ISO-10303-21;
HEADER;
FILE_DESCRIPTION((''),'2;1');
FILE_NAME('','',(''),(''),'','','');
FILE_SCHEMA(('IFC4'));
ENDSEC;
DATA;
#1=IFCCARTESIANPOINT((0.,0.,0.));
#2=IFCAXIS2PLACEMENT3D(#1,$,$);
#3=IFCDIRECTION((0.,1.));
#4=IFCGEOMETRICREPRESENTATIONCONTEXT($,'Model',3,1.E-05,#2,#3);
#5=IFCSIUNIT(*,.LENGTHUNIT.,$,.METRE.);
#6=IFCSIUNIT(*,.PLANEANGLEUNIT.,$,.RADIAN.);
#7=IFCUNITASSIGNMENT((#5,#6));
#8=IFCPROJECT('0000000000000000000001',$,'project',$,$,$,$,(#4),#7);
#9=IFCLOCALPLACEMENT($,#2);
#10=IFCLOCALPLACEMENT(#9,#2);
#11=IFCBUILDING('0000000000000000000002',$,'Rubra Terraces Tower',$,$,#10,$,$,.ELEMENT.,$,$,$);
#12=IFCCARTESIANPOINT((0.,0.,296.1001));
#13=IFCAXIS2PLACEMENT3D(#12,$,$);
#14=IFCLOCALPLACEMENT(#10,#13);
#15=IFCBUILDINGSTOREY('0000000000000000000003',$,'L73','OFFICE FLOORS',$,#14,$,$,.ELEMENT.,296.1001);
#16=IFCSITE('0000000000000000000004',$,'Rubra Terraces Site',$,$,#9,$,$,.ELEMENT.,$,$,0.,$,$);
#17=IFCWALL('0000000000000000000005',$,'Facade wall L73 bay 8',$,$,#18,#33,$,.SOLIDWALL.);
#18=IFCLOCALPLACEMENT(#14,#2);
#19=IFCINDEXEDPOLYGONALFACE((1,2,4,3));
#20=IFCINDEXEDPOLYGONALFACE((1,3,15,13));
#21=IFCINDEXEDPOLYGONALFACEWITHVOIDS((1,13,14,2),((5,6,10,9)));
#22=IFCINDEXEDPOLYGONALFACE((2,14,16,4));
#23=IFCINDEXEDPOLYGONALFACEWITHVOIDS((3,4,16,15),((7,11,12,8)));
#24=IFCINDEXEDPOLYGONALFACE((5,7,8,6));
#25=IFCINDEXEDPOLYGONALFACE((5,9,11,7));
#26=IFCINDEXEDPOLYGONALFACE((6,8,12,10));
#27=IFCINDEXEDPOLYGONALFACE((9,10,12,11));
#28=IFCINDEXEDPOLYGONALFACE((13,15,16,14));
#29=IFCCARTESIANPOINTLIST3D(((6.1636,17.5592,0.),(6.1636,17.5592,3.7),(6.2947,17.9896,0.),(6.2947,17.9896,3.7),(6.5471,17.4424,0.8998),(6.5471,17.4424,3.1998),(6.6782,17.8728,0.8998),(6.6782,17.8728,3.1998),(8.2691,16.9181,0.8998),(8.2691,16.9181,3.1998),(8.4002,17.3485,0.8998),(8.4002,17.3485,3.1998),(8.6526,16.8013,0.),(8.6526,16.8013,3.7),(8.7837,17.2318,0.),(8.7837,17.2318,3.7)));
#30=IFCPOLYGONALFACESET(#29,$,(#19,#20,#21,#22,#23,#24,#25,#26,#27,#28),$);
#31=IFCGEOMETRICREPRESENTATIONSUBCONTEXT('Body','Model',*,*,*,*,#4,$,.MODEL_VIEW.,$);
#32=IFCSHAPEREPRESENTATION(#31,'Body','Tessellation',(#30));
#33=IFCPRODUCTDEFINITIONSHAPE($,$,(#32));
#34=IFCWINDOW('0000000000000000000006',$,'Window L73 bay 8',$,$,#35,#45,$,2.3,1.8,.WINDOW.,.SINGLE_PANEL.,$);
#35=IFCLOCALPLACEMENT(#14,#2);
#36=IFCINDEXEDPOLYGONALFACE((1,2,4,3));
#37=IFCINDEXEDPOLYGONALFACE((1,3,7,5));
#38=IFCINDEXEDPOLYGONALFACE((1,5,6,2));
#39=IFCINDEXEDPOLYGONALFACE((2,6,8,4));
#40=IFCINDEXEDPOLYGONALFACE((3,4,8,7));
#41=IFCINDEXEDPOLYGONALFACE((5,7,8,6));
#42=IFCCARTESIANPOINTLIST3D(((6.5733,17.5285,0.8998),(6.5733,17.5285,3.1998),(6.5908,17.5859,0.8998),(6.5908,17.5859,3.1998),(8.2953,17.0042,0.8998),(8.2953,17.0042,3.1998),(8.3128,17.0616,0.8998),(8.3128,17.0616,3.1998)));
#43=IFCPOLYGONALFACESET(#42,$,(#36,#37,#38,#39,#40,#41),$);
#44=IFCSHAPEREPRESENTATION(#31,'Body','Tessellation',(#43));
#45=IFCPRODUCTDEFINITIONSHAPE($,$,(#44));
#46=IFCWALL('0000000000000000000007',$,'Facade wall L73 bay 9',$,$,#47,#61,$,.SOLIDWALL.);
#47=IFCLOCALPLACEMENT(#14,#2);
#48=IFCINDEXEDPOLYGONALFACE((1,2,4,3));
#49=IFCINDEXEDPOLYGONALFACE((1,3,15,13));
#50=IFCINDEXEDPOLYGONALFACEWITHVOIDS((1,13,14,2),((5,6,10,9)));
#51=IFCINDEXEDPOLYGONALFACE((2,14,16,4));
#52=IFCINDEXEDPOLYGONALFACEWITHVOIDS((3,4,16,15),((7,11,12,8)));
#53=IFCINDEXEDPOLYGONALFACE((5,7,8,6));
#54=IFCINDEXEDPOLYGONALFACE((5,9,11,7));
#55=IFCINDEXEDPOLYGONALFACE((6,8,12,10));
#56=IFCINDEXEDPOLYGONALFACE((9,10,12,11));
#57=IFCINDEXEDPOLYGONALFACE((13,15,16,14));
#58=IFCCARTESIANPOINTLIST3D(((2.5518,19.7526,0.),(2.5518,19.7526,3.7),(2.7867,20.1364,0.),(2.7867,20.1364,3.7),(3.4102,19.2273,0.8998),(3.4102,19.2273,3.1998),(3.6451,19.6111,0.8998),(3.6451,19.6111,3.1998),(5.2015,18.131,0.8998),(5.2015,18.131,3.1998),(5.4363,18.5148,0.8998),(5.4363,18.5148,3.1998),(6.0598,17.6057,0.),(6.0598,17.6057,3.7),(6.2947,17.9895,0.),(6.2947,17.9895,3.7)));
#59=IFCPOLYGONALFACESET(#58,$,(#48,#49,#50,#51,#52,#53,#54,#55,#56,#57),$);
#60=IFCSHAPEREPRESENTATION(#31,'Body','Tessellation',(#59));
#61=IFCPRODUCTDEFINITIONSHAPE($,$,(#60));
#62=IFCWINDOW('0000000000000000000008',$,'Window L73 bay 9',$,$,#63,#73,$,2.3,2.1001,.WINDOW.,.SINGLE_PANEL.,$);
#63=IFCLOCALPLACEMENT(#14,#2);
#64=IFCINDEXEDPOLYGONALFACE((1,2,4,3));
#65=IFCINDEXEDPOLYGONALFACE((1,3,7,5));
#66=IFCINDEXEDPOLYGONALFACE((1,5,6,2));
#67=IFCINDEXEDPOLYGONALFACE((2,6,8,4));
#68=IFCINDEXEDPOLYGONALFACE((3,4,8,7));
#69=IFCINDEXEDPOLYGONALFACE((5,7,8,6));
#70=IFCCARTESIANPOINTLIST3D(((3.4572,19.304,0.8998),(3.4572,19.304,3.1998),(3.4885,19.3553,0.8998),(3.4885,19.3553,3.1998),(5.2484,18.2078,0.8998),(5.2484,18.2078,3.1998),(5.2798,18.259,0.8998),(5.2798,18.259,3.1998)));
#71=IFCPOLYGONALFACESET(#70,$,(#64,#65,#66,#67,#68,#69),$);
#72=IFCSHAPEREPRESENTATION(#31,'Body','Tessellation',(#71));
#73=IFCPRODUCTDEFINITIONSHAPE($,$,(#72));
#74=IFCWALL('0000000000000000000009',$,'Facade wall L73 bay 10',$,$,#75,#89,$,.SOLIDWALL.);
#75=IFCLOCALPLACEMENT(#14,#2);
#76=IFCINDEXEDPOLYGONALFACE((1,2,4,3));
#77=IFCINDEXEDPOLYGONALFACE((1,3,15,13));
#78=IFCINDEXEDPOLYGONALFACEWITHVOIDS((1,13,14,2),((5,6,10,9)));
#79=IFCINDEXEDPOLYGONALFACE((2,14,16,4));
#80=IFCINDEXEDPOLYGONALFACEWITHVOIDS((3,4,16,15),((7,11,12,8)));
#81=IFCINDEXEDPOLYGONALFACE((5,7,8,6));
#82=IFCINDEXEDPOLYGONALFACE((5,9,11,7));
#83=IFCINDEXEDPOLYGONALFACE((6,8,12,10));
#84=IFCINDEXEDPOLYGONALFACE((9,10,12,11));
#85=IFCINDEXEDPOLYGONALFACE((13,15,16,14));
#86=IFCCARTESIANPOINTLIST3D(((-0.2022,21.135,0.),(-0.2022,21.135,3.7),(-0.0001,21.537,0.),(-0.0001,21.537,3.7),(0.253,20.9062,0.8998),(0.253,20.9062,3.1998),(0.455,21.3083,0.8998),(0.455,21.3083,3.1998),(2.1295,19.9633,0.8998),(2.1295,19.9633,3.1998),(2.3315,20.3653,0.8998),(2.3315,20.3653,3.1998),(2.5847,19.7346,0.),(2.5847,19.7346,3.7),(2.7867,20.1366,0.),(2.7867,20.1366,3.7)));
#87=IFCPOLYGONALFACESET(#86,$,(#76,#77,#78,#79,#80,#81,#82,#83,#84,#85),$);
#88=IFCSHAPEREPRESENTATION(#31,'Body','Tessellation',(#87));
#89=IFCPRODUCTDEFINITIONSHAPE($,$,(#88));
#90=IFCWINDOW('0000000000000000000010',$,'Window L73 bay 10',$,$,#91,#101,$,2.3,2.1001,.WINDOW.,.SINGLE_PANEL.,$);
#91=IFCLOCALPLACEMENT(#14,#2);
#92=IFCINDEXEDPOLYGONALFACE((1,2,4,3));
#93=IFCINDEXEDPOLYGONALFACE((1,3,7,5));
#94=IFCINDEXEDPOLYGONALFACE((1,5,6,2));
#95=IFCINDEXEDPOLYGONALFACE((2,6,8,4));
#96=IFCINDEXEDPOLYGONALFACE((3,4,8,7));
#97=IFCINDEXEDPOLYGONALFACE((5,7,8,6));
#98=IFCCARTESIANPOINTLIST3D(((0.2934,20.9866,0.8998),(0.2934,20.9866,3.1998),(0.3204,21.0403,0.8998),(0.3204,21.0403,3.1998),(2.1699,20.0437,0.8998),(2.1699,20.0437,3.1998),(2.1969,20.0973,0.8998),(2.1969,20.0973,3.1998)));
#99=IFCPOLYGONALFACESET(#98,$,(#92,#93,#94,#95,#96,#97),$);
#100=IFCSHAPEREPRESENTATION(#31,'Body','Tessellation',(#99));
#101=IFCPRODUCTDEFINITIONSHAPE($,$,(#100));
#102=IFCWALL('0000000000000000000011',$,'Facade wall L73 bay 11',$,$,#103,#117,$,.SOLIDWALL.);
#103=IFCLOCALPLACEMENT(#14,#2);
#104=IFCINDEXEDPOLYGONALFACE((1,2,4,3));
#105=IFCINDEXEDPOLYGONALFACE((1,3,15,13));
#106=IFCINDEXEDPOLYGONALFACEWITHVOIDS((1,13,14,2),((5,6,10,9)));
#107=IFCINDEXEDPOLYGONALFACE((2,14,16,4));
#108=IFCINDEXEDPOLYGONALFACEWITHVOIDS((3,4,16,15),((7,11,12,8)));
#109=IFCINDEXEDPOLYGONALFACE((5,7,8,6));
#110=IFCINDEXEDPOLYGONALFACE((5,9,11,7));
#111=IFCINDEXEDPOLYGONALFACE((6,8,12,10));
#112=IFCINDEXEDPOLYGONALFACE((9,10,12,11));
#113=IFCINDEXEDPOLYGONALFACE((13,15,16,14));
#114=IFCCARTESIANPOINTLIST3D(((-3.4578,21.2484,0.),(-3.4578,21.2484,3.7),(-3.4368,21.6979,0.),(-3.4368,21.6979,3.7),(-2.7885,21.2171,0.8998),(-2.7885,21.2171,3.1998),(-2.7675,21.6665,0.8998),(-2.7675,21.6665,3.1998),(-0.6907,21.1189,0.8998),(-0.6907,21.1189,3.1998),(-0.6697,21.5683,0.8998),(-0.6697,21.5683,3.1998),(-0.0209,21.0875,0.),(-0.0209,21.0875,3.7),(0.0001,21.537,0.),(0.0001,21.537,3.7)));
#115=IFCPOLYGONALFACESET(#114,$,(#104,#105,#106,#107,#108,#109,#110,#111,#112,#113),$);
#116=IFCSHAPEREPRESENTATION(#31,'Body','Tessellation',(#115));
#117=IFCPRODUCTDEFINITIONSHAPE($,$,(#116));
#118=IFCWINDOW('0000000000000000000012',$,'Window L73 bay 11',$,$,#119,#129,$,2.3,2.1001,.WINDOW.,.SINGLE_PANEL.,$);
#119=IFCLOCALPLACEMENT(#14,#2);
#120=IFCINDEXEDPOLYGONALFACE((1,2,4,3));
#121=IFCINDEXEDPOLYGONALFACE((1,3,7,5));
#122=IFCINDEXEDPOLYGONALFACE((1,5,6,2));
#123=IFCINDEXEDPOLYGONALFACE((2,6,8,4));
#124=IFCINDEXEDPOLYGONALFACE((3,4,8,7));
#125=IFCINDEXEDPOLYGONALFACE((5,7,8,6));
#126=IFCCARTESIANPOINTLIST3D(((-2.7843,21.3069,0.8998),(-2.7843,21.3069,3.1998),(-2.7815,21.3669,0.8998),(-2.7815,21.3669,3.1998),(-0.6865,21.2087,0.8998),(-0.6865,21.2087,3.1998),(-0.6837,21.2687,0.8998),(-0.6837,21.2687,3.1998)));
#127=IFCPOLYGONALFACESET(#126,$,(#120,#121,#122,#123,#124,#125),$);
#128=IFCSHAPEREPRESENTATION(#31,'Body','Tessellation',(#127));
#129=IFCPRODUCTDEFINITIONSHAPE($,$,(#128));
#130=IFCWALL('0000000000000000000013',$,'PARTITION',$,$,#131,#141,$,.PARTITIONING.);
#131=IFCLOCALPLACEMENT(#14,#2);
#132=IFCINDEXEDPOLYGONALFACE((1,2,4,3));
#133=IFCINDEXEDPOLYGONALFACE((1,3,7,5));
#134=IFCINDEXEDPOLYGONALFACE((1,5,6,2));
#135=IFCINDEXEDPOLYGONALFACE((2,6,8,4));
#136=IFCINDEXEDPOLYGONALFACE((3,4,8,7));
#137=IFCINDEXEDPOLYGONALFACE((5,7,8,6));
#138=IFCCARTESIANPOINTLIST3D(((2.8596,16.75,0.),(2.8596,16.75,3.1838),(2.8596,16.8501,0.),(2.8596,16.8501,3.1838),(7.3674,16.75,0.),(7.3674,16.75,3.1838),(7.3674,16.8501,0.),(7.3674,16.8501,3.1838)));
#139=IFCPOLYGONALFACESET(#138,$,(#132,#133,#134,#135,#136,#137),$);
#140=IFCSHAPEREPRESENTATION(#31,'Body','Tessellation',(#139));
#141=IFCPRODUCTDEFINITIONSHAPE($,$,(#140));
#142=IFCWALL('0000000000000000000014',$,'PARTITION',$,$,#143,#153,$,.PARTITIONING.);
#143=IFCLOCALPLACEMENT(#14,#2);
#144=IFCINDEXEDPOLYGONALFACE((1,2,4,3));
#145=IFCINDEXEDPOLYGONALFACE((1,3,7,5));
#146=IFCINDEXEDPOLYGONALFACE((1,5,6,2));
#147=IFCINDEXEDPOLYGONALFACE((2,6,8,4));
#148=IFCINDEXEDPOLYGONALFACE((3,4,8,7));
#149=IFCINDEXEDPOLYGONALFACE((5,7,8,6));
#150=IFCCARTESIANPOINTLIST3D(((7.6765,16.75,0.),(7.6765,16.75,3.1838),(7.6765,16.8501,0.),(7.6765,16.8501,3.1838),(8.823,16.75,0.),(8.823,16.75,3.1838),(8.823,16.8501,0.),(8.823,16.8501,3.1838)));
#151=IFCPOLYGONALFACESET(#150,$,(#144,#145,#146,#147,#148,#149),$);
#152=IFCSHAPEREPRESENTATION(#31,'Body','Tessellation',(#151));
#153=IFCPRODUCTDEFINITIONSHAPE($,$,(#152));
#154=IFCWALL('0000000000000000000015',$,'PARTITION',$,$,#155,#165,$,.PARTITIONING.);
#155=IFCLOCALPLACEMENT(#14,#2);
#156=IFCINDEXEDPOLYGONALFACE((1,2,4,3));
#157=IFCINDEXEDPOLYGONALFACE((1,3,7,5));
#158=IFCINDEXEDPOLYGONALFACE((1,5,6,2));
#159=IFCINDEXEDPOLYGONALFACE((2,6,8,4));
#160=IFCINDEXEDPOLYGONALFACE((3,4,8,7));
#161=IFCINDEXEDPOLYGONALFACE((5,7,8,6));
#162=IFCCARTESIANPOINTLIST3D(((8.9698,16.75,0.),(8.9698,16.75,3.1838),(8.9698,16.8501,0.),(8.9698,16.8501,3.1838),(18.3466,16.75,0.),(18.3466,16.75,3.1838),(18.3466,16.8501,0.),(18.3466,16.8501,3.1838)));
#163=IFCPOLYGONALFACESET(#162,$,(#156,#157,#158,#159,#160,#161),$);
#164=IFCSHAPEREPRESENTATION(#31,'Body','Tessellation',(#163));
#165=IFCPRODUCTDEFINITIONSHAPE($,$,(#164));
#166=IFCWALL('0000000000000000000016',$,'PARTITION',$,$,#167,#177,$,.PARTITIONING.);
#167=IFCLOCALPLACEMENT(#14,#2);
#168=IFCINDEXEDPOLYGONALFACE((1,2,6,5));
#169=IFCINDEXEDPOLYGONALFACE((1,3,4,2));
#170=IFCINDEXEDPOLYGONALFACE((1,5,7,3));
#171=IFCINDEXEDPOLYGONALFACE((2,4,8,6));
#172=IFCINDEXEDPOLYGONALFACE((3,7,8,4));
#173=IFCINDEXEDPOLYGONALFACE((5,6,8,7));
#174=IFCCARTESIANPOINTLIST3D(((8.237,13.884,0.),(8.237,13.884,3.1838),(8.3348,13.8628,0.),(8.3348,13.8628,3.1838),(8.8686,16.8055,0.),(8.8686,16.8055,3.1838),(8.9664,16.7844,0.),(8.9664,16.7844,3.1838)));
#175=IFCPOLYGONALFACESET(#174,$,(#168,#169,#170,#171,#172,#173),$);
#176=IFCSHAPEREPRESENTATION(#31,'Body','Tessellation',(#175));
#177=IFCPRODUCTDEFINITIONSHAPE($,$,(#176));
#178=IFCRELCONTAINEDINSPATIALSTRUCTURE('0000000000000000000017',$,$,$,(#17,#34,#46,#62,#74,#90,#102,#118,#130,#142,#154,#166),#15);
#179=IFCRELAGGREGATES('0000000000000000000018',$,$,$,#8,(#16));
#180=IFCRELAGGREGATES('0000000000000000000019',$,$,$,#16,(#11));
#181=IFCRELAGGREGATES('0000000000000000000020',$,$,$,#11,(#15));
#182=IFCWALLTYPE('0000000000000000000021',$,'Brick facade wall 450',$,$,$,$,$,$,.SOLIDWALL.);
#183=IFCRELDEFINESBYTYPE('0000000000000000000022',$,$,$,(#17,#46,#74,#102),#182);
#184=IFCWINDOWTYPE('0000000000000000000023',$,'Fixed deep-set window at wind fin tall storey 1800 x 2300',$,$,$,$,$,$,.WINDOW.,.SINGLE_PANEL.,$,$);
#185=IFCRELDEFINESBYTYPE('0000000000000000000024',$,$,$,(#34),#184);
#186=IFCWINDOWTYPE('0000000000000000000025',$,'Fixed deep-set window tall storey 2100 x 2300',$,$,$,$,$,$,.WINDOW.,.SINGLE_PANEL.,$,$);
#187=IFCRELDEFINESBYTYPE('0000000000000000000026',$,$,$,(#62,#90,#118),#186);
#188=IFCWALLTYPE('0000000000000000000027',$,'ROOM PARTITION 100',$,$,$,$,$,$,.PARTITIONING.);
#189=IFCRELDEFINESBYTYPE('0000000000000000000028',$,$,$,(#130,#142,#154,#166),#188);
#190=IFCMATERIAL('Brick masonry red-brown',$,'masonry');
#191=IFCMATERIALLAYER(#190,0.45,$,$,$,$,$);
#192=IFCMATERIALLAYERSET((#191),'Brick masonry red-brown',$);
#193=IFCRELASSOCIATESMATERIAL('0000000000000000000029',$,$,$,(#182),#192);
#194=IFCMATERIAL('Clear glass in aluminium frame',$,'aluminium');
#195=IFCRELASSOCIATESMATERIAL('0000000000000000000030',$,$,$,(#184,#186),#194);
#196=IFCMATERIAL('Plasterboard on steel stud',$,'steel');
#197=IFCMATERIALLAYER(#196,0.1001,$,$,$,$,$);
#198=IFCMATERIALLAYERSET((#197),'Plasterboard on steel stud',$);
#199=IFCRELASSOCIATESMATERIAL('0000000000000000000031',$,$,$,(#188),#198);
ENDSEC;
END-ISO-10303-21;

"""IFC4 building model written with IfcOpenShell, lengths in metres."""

from ifc_helpers import new_model, si_unit, direction, frame, frame_2d, origin, place, context, subcontext, project, spatial, rectangle, extrude, material, layer, layer_set, type_object, element, fill, save


model = new_model("IFC4")

# Units and contexts
model_context = context("Model", 3, precision=1e-05, world=origin(), true_north=direction((0.0, 1.0)))
body_context = subcontext(model_context, "Body", "Model", "MODEL_VIEW")
ifc_project = project(units=[si_unit("LENGTHUNIT", "METRE"), si_unit("PLANEANGLEUNIT", "RADIAN")], contexts=[model_context])

# Site, building, storey
site_placement = place(None, origin())
site = spatial("IfcSite", under=ifc_project, at=site_placement, Name="Rubra Terraces Site", CompositionType="ELEMENT", RefElevation=0.0)
building_placement = place(site_placement, origin())
building = spatial("IfcBuilding", under=site, at=building_placement, Name="Rubra Terraces Tower", CompositionType="ELEMENT")
storey_placement = place(building_placement, frame((0.0, 0.0, 296.1001)))
storey = spatial("IfcBuildingStorey", under=building, at=storey_placement, Name="L73", Description="OFFICE FLOORS", CompositionType="ELEMENT", Elevation=296.1001)

# Walls, openings, windows
ifc_material_1 = material(Name="Brick masonry red-brown", Category="masonry")
ifc_layer_1 = layer(ifc_material_1, 0.45)
ifc_layer_set_1 = layer_set([ifc_layer_1], Name="Brick masonry red-brown")
wall_type_1 = type_object("IfcWallType", Name="Brick facade wall 450", PredefinedType="SOLIDWALL", material=ifc_layer_set_1)
wall_1_placement = place(storey_placement, frame((8.718, 17.0166, 0.0), z_axis=(0.0, 0.0, 1.0), x_axis=(-0.956643, 0.291262, 0.0)))
wall_1 = element("IfcWall", 1, at=wall_1_placement, inside=storey, type_object=wall_type_1, Name="Facade wall L73 bay 8", PredefinedType="SOLIDWALL", context=body_context, shape_type="SweptSolid", body=[
    extrude(rectangle(XDim=2.6018, YDim=0.45, at=frame_2d((1.3008, 0.0))), origin(), (0.0, 0.0, 1.0), 3.7),
])
opening_1_placement = place(wall_1_placement, frame((0.4009, 0.0, 0.8999)))
opening_1 = element("IfcOpeningElement", 2, at=opening_1_placement, cuts=wall_1, PredefinedType="OPENING", context=body_context, shape_type="SweptSolid", body=[
    extrude(rectangle(XDim=1.8, YDim=2.3, at=frame_2d((0.8999, 1.1499))), frame((0.0, 0.2349, 0.0), z_axis=(0.0, -1.0, 0.0), x_axis=(1.0, 0.0, 0.0)), (0.0, 0.0, 1.0), 0.47),
])
ifc_material_2 = material(Name="Clear glass in aluminium frame", Category="aluminium")
window_type_1 = type_object("IfcWindowType", Name="Fixed deep-set window at wind fin tall storey 1800 x 2300", PartitioningType="SINGLE_PANEL", PredefinedType="WINDOW", material=ifc_material_2)
window_1_placement = place(opening_1_placement, origin())
window_1 = element("IfcWindow", 3, at=window_1_placement, inside=storey, type_object=window_type_1, Name="Window L73 bay 8", OverallHeight=2.3, OverallWidth=1.8, PartitioningType="SINGLE_PANEL", PredefinedType="WINDOW", context=body_context, shape_type="SweptSolid", body=[
    extrude(rectangle(XDim=1.8, YDim=2.3, at=frame_2d((0.8999, 1.1499))), frame((0.0, 0.135, 0.0), z_axis=(0.0, -1.0, 0.0), x_axis=(1.0, 0.0, 0.0)), (0.0, 0.0, 1.0), 0.0601),
])
fill(opening_1, window_1)
wall_2_placement = place(storey_placement, frame((6.1772, 17.7976, 0.0), z_axis=(0.0, 0.0, 1.0), x_axis=(-0.85294, 0.522009, 0.0)))
wall_2 = element("IfcWall", 4, at=wall_2_placement, inside=storey, type_object=wall_type_1, Name="Facade wall L73 bay 9", PredefinedType="SOLIDWALL", context=body_context, shape_type="SweptSolid", body=[
    extrude(rectangle(XDim=4.1128, YDim=0.45, at=frame_2d((2.0564, 0.0))), origin(), (0.0, 0.0, 1.0), 3.7),
])
opening_2_placement = place(wall_2_placement, frame((1.0063, 0.0, 0.8999)))
opening_2 = element("IfcOpeningElement", 5, at=opening_2_placement, cuts=wall_2, PredefinedType="OPENING", context=body_context, shape_type="SweptSolid", body=[
    extrude(rectangle(XDim=2.1001, YDim=2.3, at=frame_2d((1.05, 1.1499))), frame((0.0, 0.2349, 0.0), z_axis=(0.0, -1.0, 0.0), x_axis=(1.0, 0.0, 0.0)), (0.0, 0.0, 1.0), 0.47),
])
window_type_2 = type_object("IfcWindowType", Name="Fixed deep-set window tall storey 2100 x 2300", PartitioningType="SINGLE_PANEL", PredefinedType="WINDOW", material=ifc_material_2)
window_2_placement = place(opening_2_placement, origin())
window_2 = element("IfcWindow", 6, at=window_2_placement, inside=storey, type_object=window_type_2, Name="Window L73 bay 9", OverallHeight=2.3, OverallWidth=2.1001, PartitioningType="SINGLE_PANEL", PredefinedType="WINDOW", context=body_context, shape_type="SweptSolid", body=[
    extrude(rectangle(XDim=2.1001, YDim=2.3, at=frame_2d((1.05, 1.1499))), frame((0.0, 0.135, 0.0), z_axis=(0.0, -1.0, 0.0), x_axis=(1.0, 0.0, 0.0)), (0.0, 0.0, 1.0), 0.0601),
])
fill(opening_2, window_2)
wall_3_placement = place(storey_placement, frame((2.6858, 19.9355, 0.0), z_axis=(0.0, 0.0, 1.0), x_axis=(-0.893533, 0.448997, 0.0)))
wall_3 = element("IfcWall", 7, at=wall_3_placement, inside=storey, type_object=wall_type_1, Name="Facade wall L73 bay 10", PredefinedType="SOLIDWALL", context=body_context, shape_type="SweptSolid", body=[
    extrude(rectangle(XDim=3.1189, YDim=0.45, at=frame_2d((1.5596, 0.0))), origin(), (0.0, 0.0, 1.0), 3.7),
])
opening_3_placement = place(wall_3_placement, frame((0.5095, 0.0, 0.8999)))
opening_3 = element("IfcOpeningElement", 8, at=opening_3_placement, cuts=wall_3, PredefinedType="OPENING", context=body_context, shape_type="SweptSolid", body=[
    extrude(rectangle(XDim=2.1001, YDim=2.3, at=frame_2d((1.05, 1.1499))), frame((0.0, 0.2349, 0.0), z_axis=(0.0, -1.0, 0.0), x_axis=(1.0, 0.0, 0.0)), (0.0, 0.0, 1.0), 0.47),
])
window_3_placement = place(opening_3_placement, origin())
window_3 = element("IfcWindow", 9, at=window_3_placement, inside=storey, type_object=window_type_2, Name="Window L73 bay 10", OverallHeight=2.3, OverallWidth=2.1001, PartitioningType="SINGLE_PANEL", PredefinedType="WINDOW", context=body_context, shape_type="SweptSolid", body=[
    extrude(rectangle(XDim=2.1001, YDim=2.3, at=frame_2d((1.05, 1.1499))), frame((0.0, 0.135, 0.0), z_axis=(0.0, -1.0, 0.0), x_axis=(1.0, 0.0, 0.0)), (0.0, 0.0, 1.0), 0.0601),
])
fill(opening_3, window_3)
wall_4_placement = place(storey_placement, frame((-0.0105, 21.3123, 0.0), z_axis=(0.0, 0.0, 1.0), x_axis=(-0.998906, 0.046759, 0.0)))
wall_4 = element("IfcWall", 10, at=wall_4_placement, inside=storey, type_object=wall_type_1, Name="Facade wall L73 bay 11", PredefinedType="SOLIDWALL", context=body_context, shape_type="SweptSolid", body=[
    extrude(rectangle(XDim=3.4407, YDim=0.45, at=frame_2d((1.7202, 0.0))), origin(), (0.0, 0.0, 1.0), 3.7),
])
opening_4_placement = place(wall_4_placement, frame((0.6704, 0.0, 0.8999)))
opening_4 = element("IfcOpeningElement", 11, at=opening_4_placement, cuts=wall_4, PredefinedType="OPENING", context=body_context, shape_type="SweptSolid", body=[
    extrude(rectangle(XDim=2.1001, YDim=2.3, at=frame_2d((1.05, 1.1499))), frame((0.0, 0.2349, 0.0), z_axis=(0.0, -1.0, 0.0), x_axis=(1.0, 0.0, 0.0)), (0.0, 0.0, 1.0), 0.47),
])
window_4_placement = place(opening_4_placement, origin())
window_4 = element("IfcWindow", 12, at=window_4_placement, inside=storey, type_object=window_type_2, Name="Window L73 bay 11", OverallHeight=2.3, OverallWidth=2.1001, PartitioningType="SINGLE_PANEL", PredefinedType="WINDOW", context=body_context, shape_type="SweptSolid", body=[
    extrude(rectangle(XDim=2.1001, YDim=2.3, at=frame_2d((1.05, 1.1499))), frame((0.0, 0.135, 0.0), z_axis=(0.0, -1.0, 0.0), x_axis=(1.0, 0.0, 0.0)), (0.0, 0.0, 1.0), 0.0601),
])
fill(opening_4, window_4)

# Walls
ifc_material_3 = material(Name="Plasterboard on steel stud", Category="steel")
ifc_layer_2 = layer(ifc_material_3, 0.1001)
ifc_layer_set_2 = layer_set([ifc_layer_2], Name="Plasterboard on steel stud")
wall_type_2 = type_object("IfcWallType", Name="ROOM PARTITION 100", PredefinedType="PARTITIONING", material=ifc_layer_set_2)
wall_5_placement = place(storey_placement, frame((2.8596, 16.8, 0.0), z_axis=(0.0, 0.0, 1.0), x_axis=(1.0, 0.0, 0.0)))
element("IfcWall", 13, at=wall_5_placement, inside=storey, type_object=wall_type_2, Name="PARTITION", PredefinedType="PARTITIONING", context=body_context, shape_type="SweptSolid", body=[
    extrude(rectangle(XDim=4.5078, YDim=0.1001, at=frame_2d((2.2539, 0.0))), origin(), (0.0, 0.0, 1.0), 3.1838),
])
wall_6_placement = place(storey_placement, frame((7.6765, 16.8, 0.0), z_axis=(0.0, 0.0, 1.0), x_axis=(1.0, 0.0, 0.0)))
element("IfcWall", 14, at=wall_6_placement, inside=storey, type_object=wall_type_2, Name="PARTITION", PredefinedType="PARTITIONING", context=body_context, shape_type="SweptSolid", body=[
    extrude(rectangle(XDim=1.1465, YDim=0.1001, at=frame_2d((0.5732, 0.0))), origin(), (0.0, 0.0, 1.0), 3.1838),
])
wall_7_placement = place(storey_placement, frame((8.9697, 16.8, 0.0), z_axis=(0.0, 0.0, 1.0), x_axis=(1.0, 0.0, 0.0)))
element("IfcWall", 15, at=wall_7_placement, inside=storey, type_object=wall_type_2, Name="PARTITION", PredefinedType="PARTITIONING", context=body_context, shape_type="SweptSolid", body=[
    extrude(rectangle(XDim=9.3767, YDim=0.1001, at=frame_2d((4.6885, 0.0))), origin(), (0.0, 0.0, 1.0), 3.1838),
])
wall_8_placement = place(storey_placement, frame((8.2859, 13.8733, 0.0), z_axis=(0.0, 0.0, 1.0), x_axis=(0.211297, 0.977422, 0.0)))
element("IfcWall", 16, at=wall_8_placement, inside=storey, type_object=wall_type_2, Name="PARTITION", PredefinedType="PARTITIONING", context=body_context, shape_type="SweptSolid", body=[
    extrude(rectangle(XDim=2.989, YDim=0.1001, at=frame_2d((1.4946, 0.0))), origin(), (0.0, 0.0, 1.0), 3.1838),
])

save(model, "model.ifc")
